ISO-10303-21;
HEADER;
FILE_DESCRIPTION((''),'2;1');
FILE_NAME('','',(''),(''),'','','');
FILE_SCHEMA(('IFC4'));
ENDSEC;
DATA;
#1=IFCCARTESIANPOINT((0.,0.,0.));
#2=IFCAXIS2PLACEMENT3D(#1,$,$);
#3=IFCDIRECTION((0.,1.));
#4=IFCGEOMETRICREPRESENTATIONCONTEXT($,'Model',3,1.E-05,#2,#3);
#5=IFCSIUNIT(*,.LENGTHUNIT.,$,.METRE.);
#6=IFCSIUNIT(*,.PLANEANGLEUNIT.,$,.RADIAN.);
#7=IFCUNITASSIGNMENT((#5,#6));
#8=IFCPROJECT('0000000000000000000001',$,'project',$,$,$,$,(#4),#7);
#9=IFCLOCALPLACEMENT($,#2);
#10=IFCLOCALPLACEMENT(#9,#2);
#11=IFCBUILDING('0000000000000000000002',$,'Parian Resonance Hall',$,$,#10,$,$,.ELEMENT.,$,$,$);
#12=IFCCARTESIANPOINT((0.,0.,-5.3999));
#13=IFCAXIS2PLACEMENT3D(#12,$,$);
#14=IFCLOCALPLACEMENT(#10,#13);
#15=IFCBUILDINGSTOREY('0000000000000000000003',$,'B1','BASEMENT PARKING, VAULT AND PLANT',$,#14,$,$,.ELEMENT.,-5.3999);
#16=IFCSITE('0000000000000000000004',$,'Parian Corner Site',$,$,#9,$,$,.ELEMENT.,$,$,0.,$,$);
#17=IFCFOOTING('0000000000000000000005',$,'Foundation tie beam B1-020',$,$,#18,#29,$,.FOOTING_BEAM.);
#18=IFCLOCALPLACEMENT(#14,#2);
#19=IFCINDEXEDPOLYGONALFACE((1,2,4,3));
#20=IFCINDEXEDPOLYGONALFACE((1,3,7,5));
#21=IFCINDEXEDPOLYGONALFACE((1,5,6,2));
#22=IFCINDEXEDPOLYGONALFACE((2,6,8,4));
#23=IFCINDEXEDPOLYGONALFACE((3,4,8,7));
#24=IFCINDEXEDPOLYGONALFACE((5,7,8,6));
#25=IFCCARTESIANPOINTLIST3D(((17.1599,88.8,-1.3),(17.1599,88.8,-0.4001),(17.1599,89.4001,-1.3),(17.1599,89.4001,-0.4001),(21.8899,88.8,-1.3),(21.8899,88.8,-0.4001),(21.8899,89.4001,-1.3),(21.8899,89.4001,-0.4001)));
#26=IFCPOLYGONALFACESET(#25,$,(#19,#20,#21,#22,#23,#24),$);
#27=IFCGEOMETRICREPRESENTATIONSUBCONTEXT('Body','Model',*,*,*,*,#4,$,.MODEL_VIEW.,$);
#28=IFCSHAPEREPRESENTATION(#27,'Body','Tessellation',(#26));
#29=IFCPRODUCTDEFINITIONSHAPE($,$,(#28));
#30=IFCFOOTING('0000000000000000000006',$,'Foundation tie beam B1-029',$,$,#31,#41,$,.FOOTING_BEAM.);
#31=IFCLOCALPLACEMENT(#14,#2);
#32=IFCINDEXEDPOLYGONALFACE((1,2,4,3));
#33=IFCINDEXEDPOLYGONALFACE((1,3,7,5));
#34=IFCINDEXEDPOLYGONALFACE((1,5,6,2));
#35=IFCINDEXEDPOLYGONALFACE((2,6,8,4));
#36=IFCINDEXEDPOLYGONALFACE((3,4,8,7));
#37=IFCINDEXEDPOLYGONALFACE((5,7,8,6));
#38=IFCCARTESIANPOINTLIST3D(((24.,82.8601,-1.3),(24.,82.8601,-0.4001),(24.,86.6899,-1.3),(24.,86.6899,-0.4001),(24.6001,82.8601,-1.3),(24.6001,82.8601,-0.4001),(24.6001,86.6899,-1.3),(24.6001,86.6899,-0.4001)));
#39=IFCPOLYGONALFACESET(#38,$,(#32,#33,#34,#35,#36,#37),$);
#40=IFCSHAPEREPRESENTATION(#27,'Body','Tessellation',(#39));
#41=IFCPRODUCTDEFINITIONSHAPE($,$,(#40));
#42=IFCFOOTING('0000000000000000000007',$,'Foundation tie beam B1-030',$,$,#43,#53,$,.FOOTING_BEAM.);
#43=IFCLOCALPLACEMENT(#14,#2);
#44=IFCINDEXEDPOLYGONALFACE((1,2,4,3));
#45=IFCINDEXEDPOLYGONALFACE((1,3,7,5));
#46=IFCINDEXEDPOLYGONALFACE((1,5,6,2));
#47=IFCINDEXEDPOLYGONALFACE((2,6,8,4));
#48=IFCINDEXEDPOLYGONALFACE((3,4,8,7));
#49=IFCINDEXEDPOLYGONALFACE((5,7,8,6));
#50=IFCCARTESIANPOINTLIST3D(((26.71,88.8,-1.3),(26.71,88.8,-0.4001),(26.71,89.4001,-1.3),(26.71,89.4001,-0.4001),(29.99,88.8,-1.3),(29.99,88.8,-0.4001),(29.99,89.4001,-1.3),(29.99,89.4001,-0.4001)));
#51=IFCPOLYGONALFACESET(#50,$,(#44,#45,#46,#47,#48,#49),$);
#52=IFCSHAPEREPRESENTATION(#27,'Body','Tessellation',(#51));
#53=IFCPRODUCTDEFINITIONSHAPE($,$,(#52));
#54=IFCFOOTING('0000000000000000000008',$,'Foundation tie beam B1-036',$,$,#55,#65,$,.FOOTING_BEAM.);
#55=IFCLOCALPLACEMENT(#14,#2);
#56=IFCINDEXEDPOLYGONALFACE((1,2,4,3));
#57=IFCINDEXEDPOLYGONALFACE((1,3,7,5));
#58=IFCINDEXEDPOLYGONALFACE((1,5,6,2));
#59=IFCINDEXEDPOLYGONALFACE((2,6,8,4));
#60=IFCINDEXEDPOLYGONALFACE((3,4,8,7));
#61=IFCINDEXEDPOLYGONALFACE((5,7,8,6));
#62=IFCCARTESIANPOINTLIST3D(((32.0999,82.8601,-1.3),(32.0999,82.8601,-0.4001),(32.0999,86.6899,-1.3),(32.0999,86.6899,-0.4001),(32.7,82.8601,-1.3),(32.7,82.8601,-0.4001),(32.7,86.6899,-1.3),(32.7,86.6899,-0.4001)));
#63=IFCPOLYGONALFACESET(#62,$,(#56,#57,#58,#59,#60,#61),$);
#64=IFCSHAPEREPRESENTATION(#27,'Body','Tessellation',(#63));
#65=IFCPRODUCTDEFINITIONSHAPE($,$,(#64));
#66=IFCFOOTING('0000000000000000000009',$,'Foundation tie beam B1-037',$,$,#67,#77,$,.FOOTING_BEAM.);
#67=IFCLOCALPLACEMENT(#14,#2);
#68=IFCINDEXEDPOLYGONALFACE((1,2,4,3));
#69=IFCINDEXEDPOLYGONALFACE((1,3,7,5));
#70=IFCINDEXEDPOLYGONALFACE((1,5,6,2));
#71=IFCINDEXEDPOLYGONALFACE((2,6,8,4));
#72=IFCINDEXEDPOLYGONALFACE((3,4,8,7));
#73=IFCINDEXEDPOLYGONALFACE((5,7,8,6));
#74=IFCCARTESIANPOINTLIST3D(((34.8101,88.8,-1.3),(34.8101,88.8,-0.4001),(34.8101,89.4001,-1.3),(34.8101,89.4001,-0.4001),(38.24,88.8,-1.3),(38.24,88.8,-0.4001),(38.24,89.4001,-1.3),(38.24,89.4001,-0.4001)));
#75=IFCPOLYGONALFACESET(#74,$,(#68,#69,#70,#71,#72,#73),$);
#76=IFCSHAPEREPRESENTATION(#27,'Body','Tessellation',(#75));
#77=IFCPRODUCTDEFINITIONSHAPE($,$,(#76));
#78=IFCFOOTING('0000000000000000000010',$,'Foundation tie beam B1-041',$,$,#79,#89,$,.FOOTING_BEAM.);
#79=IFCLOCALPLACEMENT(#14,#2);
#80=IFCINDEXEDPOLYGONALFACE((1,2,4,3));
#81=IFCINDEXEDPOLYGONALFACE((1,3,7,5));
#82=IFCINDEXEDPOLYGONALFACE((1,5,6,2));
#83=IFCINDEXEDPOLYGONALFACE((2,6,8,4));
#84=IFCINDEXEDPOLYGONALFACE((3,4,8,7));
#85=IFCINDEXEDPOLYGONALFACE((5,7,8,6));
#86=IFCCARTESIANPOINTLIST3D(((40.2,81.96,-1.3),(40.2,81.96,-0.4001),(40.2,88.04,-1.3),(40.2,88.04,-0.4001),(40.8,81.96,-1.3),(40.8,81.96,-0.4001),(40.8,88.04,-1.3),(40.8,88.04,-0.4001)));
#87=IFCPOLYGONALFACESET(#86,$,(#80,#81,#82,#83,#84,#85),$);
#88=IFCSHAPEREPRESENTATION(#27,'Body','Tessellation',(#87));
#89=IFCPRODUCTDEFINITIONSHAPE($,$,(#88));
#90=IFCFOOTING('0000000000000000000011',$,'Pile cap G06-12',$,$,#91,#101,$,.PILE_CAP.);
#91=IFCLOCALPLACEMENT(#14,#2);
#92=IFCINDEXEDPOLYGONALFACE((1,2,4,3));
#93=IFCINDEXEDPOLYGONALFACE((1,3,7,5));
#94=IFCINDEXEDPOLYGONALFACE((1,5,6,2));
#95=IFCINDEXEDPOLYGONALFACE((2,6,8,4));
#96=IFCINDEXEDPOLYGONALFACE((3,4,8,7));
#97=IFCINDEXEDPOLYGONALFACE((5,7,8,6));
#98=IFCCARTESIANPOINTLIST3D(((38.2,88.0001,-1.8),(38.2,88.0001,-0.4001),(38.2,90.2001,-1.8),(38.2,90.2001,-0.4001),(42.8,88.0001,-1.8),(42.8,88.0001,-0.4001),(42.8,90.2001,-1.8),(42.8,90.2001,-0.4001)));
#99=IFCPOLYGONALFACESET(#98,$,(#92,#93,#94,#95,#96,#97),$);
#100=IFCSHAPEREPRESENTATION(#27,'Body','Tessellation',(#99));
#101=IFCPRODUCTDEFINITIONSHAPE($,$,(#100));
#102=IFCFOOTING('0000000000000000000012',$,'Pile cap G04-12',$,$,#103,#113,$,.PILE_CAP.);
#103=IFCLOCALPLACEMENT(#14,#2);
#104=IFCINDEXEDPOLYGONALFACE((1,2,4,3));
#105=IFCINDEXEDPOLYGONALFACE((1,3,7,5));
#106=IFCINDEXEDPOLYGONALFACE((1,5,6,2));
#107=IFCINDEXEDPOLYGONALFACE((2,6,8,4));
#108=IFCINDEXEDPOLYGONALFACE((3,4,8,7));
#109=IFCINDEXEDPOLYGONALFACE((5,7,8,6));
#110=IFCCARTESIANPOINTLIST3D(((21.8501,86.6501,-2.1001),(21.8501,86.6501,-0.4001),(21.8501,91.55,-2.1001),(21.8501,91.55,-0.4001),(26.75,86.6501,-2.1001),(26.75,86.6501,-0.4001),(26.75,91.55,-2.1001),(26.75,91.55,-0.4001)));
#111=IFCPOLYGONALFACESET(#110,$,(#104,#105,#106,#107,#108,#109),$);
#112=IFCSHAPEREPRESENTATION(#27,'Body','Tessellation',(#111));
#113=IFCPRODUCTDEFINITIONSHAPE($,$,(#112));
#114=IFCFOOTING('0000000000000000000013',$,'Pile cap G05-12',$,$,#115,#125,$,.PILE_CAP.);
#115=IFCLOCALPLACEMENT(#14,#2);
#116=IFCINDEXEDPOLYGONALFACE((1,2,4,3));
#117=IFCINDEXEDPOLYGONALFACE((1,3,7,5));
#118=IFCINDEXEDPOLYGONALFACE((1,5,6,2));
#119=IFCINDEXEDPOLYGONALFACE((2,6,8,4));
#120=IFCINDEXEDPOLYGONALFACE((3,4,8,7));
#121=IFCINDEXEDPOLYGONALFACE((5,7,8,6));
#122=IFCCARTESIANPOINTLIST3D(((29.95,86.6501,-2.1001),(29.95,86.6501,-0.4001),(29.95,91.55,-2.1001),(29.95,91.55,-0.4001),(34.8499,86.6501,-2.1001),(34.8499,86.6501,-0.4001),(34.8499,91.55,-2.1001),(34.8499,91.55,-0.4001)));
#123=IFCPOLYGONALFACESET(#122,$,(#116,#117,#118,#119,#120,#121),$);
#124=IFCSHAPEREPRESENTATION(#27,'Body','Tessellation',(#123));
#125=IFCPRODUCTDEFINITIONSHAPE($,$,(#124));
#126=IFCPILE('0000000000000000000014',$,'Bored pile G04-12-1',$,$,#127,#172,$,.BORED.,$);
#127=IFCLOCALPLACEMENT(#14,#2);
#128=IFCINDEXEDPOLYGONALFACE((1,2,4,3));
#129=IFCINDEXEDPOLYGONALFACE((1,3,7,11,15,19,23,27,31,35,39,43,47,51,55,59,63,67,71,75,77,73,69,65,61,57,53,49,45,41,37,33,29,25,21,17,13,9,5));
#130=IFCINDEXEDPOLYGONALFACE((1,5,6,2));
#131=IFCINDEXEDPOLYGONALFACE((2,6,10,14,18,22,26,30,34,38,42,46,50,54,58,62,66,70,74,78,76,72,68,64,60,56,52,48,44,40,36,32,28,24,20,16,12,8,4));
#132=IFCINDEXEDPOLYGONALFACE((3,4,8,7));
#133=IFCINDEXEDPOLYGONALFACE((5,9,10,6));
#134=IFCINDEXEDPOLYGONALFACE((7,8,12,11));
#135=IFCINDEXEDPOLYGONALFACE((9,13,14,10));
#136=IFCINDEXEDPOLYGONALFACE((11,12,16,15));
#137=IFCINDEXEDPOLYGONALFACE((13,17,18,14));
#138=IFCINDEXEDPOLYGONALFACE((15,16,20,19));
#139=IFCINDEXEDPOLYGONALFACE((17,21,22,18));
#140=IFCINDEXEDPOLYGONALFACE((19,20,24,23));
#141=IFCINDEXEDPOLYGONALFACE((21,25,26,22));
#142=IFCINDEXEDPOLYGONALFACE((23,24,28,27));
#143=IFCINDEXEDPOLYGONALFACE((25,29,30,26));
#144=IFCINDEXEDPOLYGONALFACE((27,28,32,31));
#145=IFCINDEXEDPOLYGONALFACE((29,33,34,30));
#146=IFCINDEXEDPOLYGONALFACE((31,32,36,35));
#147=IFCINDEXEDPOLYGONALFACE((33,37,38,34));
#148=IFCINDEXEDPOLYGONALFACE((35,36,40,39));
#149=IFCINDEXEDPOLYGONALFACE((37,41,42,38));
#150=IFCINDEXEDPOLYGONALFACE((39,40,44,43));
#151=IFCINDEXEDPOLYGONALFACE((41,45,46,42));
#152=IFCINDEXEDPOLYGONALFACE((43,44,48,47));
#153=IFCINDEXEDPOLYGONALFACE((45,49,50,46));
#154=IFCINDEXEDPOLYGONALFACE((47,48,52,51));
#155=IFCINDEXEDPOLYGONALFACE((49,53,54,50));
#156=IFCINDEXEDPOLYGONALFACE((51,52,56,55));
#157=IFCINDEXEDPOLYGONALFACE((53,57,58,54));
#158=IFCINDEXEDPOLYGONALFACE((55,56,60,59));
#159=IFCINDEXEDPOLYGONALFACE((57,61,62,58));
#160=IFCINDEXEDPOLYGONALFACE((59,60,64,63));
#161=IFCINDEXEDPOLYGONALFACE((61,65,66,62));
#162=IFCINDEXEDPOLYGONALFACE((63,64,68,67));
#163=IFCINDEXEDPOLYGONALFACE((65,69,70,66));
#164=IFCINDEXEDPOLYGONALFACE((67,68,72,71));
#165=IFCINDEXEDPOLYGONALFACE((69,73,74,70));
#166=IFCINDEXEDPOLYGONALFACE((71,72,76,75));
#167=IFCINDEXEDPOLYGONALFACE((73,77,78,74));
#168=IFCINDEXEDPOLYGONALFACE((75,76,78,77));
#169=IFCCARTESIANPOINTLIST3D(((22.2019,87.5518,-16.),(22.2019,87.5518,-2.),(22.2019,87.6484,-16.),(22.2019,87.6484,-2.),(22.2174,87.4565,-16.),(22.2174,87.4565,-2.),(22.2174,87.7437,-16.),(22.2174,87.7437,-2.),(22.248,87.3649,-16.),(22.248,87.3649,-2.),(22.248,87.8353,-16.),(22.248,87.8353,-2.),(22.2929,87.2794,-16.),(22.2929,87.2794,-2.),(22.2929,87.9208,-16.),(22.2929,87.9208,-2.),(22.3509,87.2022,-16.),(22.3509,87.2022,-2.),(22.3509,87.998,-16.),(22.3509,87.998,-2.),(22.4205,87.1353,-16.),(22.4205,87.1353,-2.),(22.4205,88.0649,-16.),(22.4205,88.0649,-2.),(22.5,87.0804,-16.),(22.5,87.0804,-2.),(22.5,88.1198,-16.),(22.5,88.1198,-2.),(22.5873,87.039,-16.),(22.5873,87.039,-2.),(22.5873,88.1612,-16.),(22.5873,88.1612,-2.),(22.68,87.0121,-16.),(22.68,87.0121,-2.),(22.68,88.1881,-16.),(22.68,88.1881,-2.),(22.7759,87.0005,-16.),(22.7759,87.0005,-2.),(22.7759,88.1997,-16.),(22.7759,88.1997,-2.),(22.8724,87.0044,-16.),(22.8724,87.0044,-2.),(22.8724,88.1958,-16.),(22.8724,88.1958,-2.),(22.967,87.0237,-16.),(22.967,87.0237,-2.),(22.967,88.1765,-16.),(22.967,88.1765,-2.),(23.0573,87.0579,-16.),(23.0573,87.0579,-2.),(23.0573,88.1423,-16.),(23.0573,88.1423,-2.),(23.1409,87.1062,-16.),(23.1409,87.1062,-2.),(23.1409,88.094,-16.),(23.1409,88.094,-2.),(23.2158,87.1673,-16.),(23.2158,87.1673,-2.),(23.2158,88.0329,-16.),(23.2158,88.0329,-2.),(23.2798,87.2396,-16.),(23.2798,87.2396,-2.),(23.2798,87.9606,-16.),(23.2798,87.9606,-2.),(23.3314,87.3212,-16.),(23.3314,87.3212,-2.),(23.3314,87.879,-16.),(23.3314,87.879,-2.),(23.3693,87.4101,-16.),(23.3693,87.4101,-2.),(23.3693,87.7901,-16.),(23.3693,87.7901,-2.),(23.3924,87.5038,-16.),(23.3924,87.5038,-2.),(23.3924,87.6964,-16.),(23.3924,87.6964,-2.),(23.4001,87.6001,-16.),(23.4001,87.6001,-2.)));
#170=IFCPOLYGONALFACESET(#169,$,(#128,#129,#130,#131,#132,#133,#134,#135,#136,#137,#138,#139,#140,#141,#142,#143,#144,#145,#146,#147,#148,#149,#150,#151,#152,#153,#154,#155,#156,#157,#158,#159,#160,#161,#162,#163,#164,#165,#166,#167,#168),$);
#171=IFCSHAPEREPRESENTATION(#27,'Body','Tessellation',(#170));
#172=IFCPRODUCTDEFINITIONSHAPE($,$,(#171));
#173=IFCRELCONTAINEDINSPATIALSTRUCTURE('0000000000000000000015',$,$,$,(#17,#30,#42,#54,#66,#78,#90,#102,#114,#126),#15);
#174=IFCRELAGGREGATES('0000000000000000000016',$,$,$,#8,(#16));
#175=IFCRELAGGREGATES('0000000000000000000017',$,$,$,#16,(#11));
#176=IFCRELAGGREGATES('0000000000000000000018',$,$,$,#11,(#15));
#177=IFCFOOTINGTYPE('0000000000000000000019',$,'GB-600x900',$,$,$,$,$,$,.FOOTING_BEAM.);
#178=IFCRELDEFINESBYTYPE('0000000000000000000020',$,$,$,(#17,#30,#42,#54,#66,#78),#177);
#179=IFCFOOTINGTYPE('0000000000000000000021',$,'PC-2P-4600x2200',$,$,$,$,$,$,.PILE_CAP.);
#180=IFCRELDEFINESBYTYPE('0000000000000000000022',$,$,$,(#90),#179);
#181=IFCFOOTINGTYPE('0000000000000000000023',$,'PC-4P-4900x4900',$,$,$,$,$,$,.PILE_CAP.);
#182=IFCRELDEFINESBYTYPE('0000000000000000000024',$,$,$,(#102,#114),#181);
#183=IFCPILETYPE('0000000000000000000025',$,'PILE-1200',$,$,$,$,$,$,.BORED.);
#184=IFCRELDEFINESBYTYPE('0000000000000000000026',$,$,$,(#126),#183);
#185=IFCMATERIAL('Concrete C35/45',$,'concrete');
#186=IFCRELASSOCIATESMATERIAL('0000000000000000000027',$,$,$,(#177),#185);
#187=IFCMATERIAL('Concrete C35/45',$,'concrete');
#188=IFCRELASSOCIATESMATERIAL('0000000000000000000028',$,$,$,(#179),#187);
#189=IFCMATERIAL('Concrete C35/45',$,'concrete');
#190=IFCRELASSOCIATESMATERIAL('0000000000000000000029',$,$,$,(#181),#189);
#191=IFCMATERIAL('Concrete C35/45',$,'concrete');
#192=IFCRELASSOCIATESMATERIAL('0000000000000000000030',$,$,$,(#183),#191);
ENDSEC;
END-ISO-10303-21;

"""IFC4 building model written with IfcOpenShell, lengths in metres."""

from ifc_helpers import new_model, si_unit, direction, frame, origin, origin_2d, place, context, subcontext, project, spatial, rectangle, circle, extrude, material, material_profile, profile_set, type_object, element, save


model = new_model("IFC4")

# Units and contexts
model_context = context("Model", 3, precision=1e-05, world=origin(), true_north=direction((0.0, 1.0)))
body_context = subcontext(model_context, "Body", "Model", "MODEL_VIEW")
ifc_project = project(units=[si_unit("LENGTHUNIT", "METRE"), si_unit("PLANEANGLEUNIT", "RADIAN")], contexts=[model_context])

# Site, building, storey
site_placement = place(None, origin())
site = spatial("IfcSite", under=ifc_project, at=site_placement, Name="Parian Corner Site", CompositionType="ELEMENT", RefElevation=0.0)
building_placement = place(site_placement, origin())
building = spatial("IfcBuilding", under=site, at=building_placement, Name="Parian Resonance Hall", CompositionType="ELEMENT")
storey_placement = place(building_placement, frame((0.0, 0.0, -5.3999)))
storey = spatial("IfcBuildingStorey", under=building, at=storey_placement, Name="B1", Description="BASEMENT PARKING, VAULT AND PLANT", CompositionType="ELEMENT", Elevation=-5.3999)

# Footings
ifc_material_1 = material(Name="Concrete C35/45", Category="concrete")
ifc_material_profile_1 = material_profile(ifc_material_1, rectangle(XDim=0.6001, YDim=0.8999, at=origin_2d()), Name="RC-GB-600x900")
ifc_profile_set_1 = profile_set([ifc_material_profile_1], Name="Concrete C35/45")
footing_type_1 = type_object("IfcFootingType", Name="GB-600x900", PredefinedType="FOOTING_BEAM", material=ifc_profile_set_1)
footing_1_placement = place(storey_placement, frame((17.1599, 89.1001, -0.8501), z_axis=(1.0, 0.0, 0.0), x_axis=(0.0, 1.0, 0.0)))
element("IfcFooting", 1, at=footing_1_placement, inside=storey, type_object=footing_type_1, Name="Foundation tie beam B1-020", PredefinedType="FOOTING_BEAM", context=body_context, shape_type="SweptSolid", body=[
    extrude(rectangle(XDim=0.6001, YDim=0.8999, at=origin_2d()), origin(), (0.0, 0.0, 1.0), 4.73),
])
footing_2_placement = place(storey_placement, frame((24.3, 82.8601, -0.8501), z_axis=(0.0, 1.0, 0.0), x_axis=(-1.0, 0.0, 0.0)))
element("IfcFooting", 2, at=footing_2_placement, inside=storey, type_object=footing_type_1, Name="Foundation tie beam B1-029", PredefinedType="FOOTING_BEAM", context=body_context, shape_type="SweptSolid", body=[
    extrude(rectangle(XDim=0.6001, YDim=0.8999, at=origin_2d()), origin(), (0.0, 0.0, 1.0), 3.8298),
])
footing_3_placement = place(storey_placement, frame((26.71, 89.1001, -0.8501), z_axis=(1.0, 0.0, 0.0), x_axis=(0.0, 1.0, 0.0)))
element("IfcFooting", 3, at=footing_3_placement, inside=storey, type_object=footing_type_1, Name="Foundation tie beam B1-030", PredefinedType="FOOTING_BEAM", context=body_context, shape_type="SweptSolid", body=[
    extrude(rectangle(XDim=0.6001, YDim=0.8999, at=origin_2d()), origin(), (0.0, 0.0, 1.0), 3.28),
])
footing_4_placement = place(storey_placement, frame((32.3999, 82.8601, -0.8501), z_axis=(0.0, 1.0, 0.0), x_axis=(-1.0, 0.0, 0.0)))
element("IfcFooting", 4, at=footing_4_placement, inside=storey, type_object=footing_type_1, Name="Foundation tie beam B1-036", PredefinedType="FOOTING_BEAM", context=body_context, shape_type="SweptSolid", body=[
    extrude(rectangle(XDim=0.6001, YDim=0.8999, at=origin_2d()), origin(), (0.0, 0.0, 1.0), 3.8298),
])
footing_5_placement = place(storey_placement, frame((34.8101, 89.1001, -0.8501), z_axis=(1.0, 0.0, 0.0), x_axis=(0.0, 1.0, 0.0)))
element("IfcFooting", 5, at=footing_5_placement, inside=storey, type_object=footing_type_1, Name="Foundation tie beam B1-037", PredefinedType="FOOTING_BEAM", context=body_context, shape_type="SweptSolid", body=[
    extrude(rectangle(XDim=0.6001, YDim=0.8999, at=origin_2d()), origin(), (0.0, 0.0, 1.0), 3.4299),
])
footing_6_placement = place(storey_placement, frame((40.5, 81.96, -0.8501), z_axis=(0.0, 1.0, 0.0), x_axis=(-1.0, 0.0, 0.0)))
element("IfcFooting", 6, at=footing_6_placement, inside=storey, type_object=footing_type_1, Name="Foundation tie beam B1-041", PredefinedType="FOOTING_BEAM", context=body_context, shape_type="SweptSolid", body=[
    extrude(rectangle(XDim=0.6001, YDim=0.8999, at=origin_2d()), origin(), (0.0, 0.0, 1.0), 6.0801),
])
ifc_material_2 = material(Name="Concrete C35/45", Category="concrete")
footing_type_2 = type_object("IfcFootingType", Name="PC-2P-4600x2200", PredefinedType="PILE_CAP", material=ifc_material_2)
footing_7_placement = place(storey_placement, frame((40.5, 89.1001, -1.8), z_axis=(0.0, 0.0, 1.0), x_axis=(1.0, 0.0, 0.0)))
element("IfcFooting", 7, at=footing_7_placement, inside=storey, type_object=footing_type_2, Name="Pile cap G06-12", PredefinedType="PILE_CAP", context=body_context, shape_type="SweptSolid", body=[
    extrude(rectangle(XDim=4.6001, YDim=2.2, at=origin_2d()), origin(), (0.0, 0.0, 1.0), 1.3999),
])
ifc_material_3 = material(Name="Concrete C35/45", Category="concrete")
footing_type_3 = type_object("IfcFootingType", Name="PC-4P-4900x4900", PredefinedType="PILE_CAP", material=ifc_material_3)
for number, where, z_axis, x_axis, name in (
    (8, (24.3, 89.1001, -2.1001), (0.0, 0.0, 1.0), (1.0, 0.0, 0.0), "Pile cap G04-12"),
    (9, (32.3999, 89.1001, -2.1001), (0.0, 0.0, 1.0), (1.0, 0.0, 0.0), "Pile cap G05-12"),
):
    element("IfcFooting", number, at=place(storey_placement, frame(where, z_axis=z_axis, x_axis=x_axis)), inside=storey, type_object=footing_type_3, Name=name, PredefinedType="PILE_CAP", context=body_context, shape_type="SweptSolid", body=[
        extrude(rectangle(XDim=4.8999, YDim=4.8999, at=origin_2d()), origin(), (0.0, 0.0, 1.0), 1.7),
    ])

# Pile
ifc_material_4 = material(Name="Concrete C35/45", Category="concrete")
ifc_material_profile_2 = material_profile(ifc_material_4, circle(Radius=0.6001, at=origin_2d()), Name="PILE-D1200")
ifc_profile_set_2 = profile_set([ifc_material_profile_2], Name="Concrete C35/45")
pile_type_1 = type_object("IfcPileType", Name="PILE-1200", PredefinedType="BORED", material=ifc_profile_set_2)
for number, where, z_axis, x_axis, name in (
    (10, (22.8, 87.6001, -2.0), (0.0, 0.0, -1.0), (1.0, 0.0, 0.0), "Bored pile G04-12-1"),
):
    element("IfcPile", number, at=place(storey_placement, frame(where, z_axis=z_axis, x_axis=x_axis)), inside=storey, type_object=pile_type_1, Name=name, PredefinedType="BORED", context=body_context, shape_type="SweptSolid", body=[
        extrude(circle(Radius=0.6001, at=origin_2d()), origin(), (0.0, 0.0, 1.0), 14.0),
    ])

save(model, "model.ifc")
